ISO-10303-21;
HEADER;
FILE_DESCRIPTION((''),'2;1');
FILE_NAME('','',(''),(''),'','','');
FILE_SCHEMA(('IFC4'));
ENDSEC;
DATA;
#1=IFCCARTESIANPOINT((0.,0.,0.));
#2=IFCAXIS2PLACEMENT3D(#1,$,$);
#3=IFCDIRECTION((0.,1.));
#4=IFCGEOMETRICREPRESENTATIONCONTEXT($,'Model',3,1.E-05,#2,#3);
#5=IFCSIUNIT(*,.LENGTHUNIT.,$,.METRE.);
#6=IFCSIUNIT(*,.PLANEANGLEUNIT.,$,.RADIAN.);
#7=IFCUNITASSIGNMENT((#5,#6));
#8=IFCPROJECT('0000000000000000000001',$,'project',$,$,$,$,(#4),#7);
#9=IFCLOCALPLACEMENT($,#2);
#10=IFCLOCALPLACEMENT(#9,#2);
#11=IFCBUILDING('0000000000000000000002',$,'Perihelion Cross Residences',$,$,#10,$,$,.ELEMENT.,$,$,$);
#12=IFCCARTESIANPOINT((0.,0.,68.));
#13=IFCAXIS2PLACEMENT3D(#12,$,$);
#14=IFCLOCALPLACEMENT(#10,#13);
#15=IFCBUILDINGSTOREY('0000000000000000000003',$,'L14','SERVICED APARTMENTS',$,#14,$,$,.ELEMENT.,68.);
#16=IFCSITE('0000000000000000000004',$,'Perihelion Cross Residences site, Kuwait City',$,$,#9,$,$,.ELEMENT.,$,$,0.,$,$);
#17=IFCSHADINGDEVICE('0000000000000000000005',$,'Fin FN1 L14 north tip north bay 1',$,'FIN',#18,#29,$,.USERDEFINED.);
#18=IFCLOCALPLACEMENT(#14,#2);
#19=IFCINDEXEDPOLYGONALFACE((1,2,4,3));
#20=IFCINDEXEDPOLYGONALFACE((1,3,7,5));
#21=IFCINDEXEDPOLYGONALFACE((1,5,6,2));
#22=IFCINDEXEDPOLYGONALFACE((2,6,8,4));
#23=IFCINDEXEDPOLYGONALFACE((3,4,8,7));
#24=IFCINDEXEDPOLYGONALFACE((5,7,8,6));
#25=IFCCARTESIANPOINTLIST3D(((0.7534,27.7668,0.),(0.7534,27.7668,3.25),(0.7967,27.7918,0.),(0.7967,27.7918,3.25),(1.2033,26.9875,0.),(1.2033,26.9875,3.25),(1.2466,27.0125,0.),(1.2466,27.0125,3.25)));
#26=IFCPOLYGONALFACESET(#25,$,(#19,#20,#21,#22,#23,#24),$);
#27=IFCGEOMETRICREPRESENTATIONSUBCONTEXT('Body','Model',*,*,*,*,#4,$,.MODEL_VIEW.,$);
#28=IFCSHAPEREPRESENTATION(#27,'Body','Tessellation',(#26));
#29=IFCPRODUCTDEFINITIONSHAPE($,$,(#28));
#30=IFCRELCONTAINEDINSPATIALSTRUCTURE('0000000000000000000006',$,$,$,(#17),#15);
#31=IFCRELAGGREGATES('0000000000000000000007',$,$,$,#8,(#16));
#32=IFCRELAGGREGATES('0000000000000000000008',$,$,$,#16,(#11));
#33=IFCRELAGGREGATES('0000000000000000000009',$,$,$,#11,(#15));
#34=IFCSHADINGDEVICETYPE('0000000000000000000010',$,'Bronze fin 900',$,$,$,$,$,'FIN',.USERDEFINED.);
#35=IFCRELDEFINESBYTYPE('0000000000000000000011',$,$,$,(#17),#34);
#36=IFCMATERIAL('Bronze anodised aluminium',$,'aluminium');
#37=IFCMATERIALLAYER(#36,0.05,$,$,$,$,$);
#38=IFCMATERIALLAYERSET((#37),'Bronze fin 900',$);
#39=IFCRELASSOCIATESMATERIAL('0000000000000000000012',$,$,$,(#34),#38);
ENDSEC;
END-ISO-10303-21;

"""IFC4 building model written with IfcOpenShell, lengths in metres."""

from ifc_helpers import new_model, si_unit, direction, frame, origin, origin_2d, place, context, subcontext, project, spatial, rectangle, extrude, material, layer, layer_set, type_object, element, save


model = new_model("IFC4")

# Units and contexts
model_context = context("Model", 3, precision=1e-05, world=origin(), true_north=direction((0.0, 1.0)))
body_context = subcontext(model_context, "Body", "Model", "MODEL_VIEW")
ifc_project = project(units=[si_unit("LENGTHUNIT", "METRE"), si_unit("PLANEANGLEUNIT", "RADIAN")], contexts=[model_context])

# Site, building, storey
site_placement = place(None, origin())
site = spatial("IfcSite", under=ifc_project, at=site_placement, Name="Perihelion Cross Residences site, Kuwait City", CompositionType="ELEMENT", RefElevation=0.0)
building_placement = place(site_placement, origin())
building = spatial("IfcBuilding", under=site, at=building_placement, Name="Perihelion Cross Residences", CompositionType="ELEMENT")
storey_placement = place(building_placement, frame((0.0, 0.0, 68.0)))
storey = spatial("IfcBuildingStorey", under=building, at=storey_placement, Name="L14", Description="SERVICED APARTMENTS", CompositionType="ELEMENT", Elevation=68.0)

# Shading device
ifc_material_1 = material(Name="Bronze anodised aluminium", Category="aluminium")
ifc_layer_1 = layer(ifc_material_1, 0.05)
ifc_layer_set_1 = layer_set([ifc_layer_1], Name="Bronze fin 900")
shading_device_type = type_object("IfcShadingDeviceType", Name="Bronze fin 900", ElementType="FIN", PredefinedType="USERDEFINED", material=ifc_layer_set_1)
shading_device_placement = place(storey_placement, frame((1.0, 27.3896, 0.0), z_axis=(0.0, 0.0, 1.0), x_axis=(-0.5, 0.866025, 0.0)))
element("IfcShadingDevice", 1, at=shading_device_placement, inside=storey, type_object=shading_device_type, Name="Fin FN1 L14 north tip north bay 1", ObjectType="FIN", PredefinedType="USERDEFINED", context=body_context, shape_type="SweptSolid", body=[
    extrude(rectangle(XDim=0.8999, YDim=0.05, at=origin_2d()), origin(), (0.0, 0.0, 1.0), 3.25),
])

save(model, "model.ifc")
